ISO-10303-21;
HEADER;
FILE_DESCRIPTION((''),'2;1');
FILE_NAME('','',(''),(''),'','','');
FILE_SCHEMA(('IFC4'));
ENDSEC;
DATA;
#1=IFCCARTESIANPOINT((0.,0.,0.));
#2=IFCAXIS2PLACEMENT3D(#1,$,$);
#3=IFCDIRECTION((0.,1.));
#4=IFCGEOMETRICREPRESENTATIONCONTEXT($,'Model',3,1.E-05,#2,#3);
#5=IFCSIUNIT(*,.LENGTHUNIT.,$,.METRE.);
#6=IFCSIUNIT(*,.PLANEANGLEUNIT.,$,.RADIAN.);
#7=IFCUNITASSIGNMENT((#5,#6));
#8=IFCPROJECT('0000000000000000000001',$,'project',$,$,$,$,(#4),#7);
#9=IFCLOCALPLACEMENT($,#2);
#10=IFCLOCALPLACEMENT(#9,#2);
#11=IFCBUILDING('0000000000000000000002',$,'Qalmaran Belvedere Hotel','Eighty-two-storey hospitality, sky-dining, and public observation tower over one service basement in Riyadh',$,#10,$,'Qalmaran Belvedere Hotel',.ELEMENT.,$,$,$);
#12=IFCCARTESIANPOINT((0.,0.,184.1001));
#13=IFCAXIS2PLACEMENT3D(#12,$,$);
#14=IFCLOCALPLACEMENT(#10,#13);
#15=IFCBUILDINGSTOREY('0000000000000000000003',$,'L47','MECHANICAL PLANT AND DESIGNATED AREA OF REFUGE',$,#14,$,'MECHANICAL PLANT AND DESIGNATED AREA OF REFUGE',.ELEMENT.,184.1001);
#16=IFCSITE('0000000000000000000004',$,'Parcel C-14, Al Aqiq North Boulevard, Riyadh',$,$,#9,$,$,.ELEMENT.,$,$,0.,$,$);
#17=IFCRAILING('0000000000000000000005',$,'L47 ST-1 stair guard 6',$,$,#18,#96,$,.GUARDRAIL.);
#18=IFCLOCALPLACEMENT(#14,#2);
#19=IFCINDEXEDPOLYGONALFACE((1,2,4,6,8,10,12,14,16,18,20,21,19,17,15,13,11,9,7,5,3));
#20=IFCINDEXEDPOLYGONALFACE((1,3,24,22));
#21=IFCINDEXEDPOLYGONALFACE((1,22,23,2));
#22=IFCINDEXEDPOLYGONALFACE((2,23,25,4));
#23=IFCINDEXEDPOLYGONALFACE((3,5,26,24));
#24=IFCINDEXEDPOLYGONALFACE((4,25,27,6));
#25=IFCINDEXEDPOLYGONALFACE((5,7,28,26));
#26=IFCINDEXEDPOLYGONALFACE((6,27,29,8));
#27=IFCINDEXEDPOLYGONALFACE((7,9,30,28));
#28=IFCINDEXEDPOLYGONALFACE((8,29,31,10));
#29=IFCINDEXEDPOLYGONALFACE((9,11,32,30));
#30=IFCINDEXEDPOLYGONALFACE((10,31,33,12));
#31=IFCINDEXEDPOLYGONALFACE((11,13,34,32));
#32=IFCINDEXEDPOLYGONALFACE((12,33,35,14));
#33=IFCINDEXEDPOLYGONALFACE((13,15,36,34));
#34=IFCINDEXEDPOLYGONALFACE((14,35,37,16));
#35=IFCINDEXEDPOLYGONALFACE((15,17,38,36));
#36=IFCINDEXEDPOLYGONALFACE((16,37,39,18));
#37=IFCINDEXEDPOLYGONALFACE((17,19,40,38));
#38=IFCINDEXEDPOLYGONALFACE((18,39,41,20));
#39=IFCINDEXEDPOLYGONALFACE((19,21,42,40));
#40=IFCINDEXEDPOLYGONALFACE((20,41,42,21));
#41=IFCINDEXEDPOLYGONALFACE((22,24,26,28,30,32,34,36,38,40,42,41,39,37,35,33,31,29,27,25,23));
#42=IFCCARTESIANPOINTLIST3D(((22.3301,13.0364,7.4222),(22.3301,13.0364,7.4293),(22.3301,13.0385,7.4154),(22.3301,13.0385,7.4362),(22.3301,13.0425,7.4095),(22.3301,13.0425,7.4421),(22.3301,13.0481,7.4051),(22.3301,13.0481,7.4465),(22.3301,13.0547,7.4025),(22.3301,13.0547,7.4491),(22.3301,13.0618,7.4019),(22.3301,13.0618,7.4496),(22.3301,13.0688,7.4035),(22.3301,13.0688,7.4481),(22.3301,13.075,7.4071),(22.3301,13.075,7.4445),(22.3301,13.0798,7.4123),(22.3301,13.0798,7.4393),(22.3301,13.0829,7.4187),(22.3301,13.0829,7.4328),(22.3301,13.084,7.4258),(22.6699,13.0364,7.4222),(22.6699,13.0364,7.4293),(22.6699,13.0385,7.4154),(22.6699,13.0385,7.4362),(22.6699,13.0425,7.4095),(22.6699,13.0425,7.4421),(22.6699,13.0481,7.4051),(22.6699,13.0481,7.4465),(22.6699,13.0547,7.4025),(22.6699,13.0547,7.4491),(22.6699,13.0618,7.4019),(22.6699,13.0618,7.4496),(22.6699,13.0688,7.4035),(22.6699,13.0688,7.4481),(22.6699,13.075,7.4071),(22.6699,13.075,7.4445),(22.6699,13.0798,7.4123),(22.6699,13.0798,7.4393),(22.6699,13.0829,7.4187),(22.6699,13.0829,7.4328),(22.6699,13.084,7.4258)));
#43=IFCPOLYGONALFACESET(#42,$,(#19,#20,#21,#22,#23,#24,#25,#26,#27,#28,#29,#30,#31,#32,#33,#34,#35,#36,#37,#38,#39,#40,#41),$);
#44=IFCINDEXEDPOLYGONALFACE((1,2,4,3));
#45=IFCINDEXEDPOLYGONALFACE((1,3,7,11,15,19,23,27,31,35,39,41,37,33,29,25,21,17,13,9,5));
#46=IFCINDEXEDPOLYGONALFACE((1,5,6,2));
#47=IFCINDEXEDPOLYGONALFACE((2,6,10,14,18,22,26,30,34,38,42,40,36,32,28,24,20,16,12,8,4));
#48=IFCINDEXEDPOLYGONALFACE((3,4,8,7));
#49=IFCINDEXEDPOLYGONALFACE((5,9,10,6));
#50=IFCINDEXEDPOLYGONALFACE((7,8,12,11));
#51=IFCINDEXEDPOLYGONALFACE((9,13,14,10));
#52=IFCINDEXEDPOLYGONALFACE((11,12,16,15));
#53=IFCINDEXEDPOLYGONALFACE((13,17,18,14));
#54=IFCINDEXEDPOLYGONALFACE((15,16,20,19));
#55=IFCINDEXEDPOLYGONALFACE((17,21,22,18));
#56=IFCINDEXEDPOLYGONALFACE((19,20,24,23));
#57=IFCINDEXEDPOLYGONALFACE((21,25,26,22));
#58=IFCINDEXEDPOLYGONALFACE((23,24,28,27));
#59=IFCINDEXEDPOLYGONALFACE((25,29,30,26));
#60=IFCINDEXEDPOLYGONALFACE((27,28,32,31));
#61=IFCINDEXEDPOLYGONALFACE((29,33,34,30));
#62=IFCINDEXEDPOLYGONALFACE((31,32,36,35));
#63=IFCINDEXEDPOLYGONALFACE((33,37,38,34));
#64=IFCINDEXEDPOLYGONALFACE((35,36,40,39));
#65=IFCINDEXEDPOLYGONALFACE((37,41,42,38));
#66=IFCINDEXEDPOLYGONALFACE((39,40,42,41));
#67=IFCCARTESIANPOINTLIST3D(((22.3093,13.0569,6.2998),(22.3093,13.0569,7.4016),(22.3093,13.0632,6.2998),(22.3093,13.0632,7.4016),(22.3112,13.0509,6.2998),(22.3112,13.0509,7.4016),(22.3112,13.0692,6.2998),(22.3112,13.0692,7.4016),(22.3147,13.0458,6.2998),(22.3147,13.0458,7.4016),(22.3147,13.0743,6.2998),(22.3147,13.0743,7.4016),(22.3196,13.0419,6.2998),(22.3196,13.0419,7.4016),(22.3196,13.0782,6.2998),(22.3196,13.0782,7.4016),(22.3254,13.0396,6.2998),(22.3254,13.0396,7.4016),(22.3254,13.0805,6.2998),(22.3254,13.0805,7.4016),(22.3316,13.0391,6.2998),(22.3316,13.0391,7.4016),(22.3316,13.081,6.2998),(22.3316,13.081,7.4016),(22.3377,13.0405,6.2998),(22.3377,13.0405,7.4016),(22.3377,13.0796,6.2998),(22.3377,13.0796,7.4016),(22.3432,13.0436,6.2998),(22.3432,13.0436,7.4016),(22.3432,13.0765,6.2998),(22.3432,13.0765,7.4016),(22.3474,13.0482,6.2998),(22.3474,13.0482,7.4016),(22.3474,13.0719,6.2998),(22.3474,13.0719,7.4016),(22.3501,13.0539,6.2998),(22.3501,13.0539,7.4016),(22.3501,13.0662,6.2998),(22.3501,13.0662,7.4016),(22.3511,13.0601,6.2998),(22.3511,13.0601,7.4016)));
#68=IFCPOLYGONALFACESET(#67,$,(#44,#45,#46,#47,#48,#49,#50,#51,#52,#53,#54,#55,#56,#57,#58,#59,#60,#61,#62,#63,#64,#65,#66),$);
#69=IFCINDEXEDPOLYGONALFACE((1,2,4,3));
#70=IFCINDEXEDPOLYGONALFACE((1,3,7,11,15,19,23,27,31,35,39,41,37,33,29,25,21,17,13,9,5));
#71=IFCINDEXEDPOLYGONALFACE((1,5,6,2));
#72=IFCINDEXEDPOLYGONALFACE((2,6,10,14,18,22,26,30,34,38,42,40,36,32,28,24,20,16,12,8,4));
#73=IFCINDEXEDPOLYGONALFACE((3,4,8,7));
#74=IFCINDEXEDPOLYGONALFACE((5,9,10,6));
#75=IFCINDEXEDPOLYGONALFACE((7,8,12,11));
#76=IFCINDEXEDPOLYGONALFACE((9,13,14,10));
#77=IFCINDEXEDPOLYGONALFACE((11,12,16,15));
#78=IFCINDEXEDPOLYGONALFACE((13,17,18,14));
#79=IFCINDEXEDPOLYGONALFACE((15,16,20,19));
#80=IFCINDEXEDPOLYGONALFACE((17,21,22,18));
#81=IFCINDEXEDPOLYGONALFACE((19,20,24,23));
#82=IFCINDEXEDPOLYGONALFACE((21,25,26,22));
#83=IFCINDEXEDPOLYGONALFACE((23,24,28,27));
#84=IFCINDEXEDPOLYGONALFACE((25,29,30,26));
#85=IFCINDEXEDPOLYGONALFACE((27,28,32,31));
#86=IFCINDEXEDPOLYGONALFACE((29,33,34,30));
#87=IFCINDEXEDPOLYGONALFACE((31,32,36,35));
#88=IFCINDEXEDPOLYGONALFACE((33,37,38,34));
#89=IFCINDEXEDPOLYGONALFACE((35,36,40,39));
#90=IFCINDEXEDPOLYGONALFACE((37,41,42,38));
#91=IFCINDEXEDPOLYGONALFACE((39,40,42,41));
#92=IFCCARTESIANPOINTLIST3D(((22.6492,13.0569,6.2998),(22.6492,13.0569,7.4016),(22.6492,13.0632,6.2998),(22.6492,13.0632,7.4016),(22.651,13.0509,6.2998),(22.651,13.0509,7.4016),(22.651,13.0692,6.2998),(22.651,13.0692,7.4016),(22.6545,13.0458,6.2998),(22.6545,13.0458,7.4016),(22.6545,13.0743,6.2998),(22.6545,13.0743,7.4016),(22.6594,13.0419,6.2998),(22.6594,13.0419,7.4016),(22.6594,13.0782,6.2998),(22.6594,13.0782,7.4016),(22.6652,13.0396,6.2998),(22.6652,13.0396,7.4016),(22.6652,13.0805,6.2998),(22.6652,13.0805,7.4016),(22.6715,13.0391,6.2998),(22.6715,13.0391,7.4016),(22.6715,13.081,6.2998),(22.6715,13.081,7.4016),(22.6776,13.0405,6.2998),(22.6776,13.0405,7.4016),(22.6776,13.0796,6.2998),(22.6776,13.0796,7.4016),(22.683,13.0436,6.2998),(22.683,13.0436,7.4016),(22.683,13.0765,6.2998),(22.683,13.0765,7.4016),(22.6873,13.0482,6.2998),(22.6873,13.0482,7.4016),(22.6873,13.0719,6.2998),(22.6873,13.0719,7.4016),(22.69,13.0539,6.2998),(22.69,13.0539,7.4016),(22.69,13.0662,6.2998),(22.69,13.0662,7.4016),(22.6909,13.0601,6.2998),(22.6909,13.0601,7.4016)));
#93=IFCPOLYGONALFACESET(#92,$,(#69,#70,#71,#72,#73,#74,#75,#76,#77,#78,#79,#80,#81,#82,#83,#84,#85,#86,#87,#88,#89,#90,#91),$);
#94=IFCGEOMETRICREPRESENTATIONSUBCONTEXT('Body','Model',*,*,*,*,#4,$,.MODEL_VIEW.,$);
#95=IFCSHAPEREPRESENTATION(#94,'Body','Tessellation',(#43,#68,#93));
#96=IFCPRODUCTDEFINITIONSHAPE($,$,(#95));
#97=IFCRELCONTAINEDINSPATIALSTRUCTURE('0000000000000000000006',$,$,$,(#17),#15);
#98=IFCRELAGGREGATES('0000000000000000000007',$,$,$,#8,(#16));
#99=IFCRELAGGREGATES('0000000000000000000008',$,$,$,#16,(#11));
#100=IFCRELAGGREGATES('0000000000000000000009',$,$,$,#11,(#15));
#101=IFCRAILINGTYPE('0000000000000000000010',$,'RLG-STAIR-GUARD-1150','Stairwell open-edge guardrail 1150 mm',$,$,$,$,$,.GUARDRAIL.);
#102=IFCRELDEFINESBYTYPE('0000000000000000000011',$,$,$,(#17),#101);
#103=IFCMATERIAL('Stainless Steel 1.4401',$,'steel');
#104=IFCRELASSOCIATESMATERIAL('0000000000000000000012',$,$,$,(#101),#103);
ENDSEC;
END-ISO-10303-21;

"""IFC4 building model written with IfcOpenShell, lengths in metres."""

from ifc_helpers import new_model, si_unit, direction, frame, origin, origin_2d, place, context, subcontext, project, spatial, circle, extrude, material, type_object, element, save


model = new_model("IFC4")

# Units and contexts
model_context = context("Model", 3, precision=1e-05, world=origin(), true_north=direction((0.0, 1.0)))
body_context = subcontext(model_context, "Body", "Model", "MODEL_VIEW")
ifc_project = project(units=[si_unit("LENGTHUNIT", "METRE"), si_unit("PLANEANGLEUNIT", "RADIAN")], contexts=[model_context])

# Site, building, storey
site_placement = place(None, origin())
site = spatial("IfcSite", under=ifc_project, at=site_placement, Name="Parcel C-14, Al Aqiq North Boulevard, Riyadh", CompositionType="ELEMENT", RefElevation=0.0)
building_placement = place(site_placement, origin())
building = spatial("IfcBuilding", under=site, at=building_placement, Name="Qalmaran Belvedere Hotel", Description="Eighty-two-storey hospitality, sky-dining, and public observation tower over one service basement in Riyadh", LongName="Qalmaran Belvedere Hotel", CompositionType="ELEMENT")
storey_placement = place(building_placement, frame((0.0, 0.0, 184.1001)))
storey = spatial("IfcBuildingStorey", under=building, at=storey_placement, Name="L47", Description="MECHANICAL PLANT AND DESIGNATED AREA OF REFUGE", LongName="MECHANICAL PLANT AND DESIGNATED AREA OF REFUGE", CompositionType="ELEMENT", Elevation=184.1001)

# Railing
ifc_material_1 = material(Name="Stainless Steel 1.4401", Category="steel")
railing_type = type_object("IfcRailingType", Name="RLG-STAIR-GUARD-1150", Description="Stairwell open-edge guardrail 1150 mm", PredefinedType="GUARDRAIL", material=ifc_material_1)
railing_1_placement = place(storey_placement, frame((22.3301, 13.0601, 6.2998)))
element("IfcRailing", 1, at=railing_1_placement, inside=storey, type_object=railing_type, Name="L47 ST-1 stair guard 6", PredefinedType="GUARDRAIL", context=body_context, shape_type="SweptSolid", body=[
    extrude(circle(Radius=0.0239, at=origin_2d()), frame((0.0, 0.0, 1.126), z_axis=(1.0, 0.0, 0.0), x_axis=(0.0, 1.0, 0.0)), (0.0, 0.0, 1.0), 0.3398),
    extrude(circle(Radius=0.021, at=origin_2d()), origin(), (0.0, 0.0, 1.0), 1.1018),
    extrude(circle(Radius=0.021, at=origin_2d()), frame((0.3398, 0.0, 0.0)), (0.0, 0.0, 1.0), 1.1018),
])

save(model, "model.ifc")
